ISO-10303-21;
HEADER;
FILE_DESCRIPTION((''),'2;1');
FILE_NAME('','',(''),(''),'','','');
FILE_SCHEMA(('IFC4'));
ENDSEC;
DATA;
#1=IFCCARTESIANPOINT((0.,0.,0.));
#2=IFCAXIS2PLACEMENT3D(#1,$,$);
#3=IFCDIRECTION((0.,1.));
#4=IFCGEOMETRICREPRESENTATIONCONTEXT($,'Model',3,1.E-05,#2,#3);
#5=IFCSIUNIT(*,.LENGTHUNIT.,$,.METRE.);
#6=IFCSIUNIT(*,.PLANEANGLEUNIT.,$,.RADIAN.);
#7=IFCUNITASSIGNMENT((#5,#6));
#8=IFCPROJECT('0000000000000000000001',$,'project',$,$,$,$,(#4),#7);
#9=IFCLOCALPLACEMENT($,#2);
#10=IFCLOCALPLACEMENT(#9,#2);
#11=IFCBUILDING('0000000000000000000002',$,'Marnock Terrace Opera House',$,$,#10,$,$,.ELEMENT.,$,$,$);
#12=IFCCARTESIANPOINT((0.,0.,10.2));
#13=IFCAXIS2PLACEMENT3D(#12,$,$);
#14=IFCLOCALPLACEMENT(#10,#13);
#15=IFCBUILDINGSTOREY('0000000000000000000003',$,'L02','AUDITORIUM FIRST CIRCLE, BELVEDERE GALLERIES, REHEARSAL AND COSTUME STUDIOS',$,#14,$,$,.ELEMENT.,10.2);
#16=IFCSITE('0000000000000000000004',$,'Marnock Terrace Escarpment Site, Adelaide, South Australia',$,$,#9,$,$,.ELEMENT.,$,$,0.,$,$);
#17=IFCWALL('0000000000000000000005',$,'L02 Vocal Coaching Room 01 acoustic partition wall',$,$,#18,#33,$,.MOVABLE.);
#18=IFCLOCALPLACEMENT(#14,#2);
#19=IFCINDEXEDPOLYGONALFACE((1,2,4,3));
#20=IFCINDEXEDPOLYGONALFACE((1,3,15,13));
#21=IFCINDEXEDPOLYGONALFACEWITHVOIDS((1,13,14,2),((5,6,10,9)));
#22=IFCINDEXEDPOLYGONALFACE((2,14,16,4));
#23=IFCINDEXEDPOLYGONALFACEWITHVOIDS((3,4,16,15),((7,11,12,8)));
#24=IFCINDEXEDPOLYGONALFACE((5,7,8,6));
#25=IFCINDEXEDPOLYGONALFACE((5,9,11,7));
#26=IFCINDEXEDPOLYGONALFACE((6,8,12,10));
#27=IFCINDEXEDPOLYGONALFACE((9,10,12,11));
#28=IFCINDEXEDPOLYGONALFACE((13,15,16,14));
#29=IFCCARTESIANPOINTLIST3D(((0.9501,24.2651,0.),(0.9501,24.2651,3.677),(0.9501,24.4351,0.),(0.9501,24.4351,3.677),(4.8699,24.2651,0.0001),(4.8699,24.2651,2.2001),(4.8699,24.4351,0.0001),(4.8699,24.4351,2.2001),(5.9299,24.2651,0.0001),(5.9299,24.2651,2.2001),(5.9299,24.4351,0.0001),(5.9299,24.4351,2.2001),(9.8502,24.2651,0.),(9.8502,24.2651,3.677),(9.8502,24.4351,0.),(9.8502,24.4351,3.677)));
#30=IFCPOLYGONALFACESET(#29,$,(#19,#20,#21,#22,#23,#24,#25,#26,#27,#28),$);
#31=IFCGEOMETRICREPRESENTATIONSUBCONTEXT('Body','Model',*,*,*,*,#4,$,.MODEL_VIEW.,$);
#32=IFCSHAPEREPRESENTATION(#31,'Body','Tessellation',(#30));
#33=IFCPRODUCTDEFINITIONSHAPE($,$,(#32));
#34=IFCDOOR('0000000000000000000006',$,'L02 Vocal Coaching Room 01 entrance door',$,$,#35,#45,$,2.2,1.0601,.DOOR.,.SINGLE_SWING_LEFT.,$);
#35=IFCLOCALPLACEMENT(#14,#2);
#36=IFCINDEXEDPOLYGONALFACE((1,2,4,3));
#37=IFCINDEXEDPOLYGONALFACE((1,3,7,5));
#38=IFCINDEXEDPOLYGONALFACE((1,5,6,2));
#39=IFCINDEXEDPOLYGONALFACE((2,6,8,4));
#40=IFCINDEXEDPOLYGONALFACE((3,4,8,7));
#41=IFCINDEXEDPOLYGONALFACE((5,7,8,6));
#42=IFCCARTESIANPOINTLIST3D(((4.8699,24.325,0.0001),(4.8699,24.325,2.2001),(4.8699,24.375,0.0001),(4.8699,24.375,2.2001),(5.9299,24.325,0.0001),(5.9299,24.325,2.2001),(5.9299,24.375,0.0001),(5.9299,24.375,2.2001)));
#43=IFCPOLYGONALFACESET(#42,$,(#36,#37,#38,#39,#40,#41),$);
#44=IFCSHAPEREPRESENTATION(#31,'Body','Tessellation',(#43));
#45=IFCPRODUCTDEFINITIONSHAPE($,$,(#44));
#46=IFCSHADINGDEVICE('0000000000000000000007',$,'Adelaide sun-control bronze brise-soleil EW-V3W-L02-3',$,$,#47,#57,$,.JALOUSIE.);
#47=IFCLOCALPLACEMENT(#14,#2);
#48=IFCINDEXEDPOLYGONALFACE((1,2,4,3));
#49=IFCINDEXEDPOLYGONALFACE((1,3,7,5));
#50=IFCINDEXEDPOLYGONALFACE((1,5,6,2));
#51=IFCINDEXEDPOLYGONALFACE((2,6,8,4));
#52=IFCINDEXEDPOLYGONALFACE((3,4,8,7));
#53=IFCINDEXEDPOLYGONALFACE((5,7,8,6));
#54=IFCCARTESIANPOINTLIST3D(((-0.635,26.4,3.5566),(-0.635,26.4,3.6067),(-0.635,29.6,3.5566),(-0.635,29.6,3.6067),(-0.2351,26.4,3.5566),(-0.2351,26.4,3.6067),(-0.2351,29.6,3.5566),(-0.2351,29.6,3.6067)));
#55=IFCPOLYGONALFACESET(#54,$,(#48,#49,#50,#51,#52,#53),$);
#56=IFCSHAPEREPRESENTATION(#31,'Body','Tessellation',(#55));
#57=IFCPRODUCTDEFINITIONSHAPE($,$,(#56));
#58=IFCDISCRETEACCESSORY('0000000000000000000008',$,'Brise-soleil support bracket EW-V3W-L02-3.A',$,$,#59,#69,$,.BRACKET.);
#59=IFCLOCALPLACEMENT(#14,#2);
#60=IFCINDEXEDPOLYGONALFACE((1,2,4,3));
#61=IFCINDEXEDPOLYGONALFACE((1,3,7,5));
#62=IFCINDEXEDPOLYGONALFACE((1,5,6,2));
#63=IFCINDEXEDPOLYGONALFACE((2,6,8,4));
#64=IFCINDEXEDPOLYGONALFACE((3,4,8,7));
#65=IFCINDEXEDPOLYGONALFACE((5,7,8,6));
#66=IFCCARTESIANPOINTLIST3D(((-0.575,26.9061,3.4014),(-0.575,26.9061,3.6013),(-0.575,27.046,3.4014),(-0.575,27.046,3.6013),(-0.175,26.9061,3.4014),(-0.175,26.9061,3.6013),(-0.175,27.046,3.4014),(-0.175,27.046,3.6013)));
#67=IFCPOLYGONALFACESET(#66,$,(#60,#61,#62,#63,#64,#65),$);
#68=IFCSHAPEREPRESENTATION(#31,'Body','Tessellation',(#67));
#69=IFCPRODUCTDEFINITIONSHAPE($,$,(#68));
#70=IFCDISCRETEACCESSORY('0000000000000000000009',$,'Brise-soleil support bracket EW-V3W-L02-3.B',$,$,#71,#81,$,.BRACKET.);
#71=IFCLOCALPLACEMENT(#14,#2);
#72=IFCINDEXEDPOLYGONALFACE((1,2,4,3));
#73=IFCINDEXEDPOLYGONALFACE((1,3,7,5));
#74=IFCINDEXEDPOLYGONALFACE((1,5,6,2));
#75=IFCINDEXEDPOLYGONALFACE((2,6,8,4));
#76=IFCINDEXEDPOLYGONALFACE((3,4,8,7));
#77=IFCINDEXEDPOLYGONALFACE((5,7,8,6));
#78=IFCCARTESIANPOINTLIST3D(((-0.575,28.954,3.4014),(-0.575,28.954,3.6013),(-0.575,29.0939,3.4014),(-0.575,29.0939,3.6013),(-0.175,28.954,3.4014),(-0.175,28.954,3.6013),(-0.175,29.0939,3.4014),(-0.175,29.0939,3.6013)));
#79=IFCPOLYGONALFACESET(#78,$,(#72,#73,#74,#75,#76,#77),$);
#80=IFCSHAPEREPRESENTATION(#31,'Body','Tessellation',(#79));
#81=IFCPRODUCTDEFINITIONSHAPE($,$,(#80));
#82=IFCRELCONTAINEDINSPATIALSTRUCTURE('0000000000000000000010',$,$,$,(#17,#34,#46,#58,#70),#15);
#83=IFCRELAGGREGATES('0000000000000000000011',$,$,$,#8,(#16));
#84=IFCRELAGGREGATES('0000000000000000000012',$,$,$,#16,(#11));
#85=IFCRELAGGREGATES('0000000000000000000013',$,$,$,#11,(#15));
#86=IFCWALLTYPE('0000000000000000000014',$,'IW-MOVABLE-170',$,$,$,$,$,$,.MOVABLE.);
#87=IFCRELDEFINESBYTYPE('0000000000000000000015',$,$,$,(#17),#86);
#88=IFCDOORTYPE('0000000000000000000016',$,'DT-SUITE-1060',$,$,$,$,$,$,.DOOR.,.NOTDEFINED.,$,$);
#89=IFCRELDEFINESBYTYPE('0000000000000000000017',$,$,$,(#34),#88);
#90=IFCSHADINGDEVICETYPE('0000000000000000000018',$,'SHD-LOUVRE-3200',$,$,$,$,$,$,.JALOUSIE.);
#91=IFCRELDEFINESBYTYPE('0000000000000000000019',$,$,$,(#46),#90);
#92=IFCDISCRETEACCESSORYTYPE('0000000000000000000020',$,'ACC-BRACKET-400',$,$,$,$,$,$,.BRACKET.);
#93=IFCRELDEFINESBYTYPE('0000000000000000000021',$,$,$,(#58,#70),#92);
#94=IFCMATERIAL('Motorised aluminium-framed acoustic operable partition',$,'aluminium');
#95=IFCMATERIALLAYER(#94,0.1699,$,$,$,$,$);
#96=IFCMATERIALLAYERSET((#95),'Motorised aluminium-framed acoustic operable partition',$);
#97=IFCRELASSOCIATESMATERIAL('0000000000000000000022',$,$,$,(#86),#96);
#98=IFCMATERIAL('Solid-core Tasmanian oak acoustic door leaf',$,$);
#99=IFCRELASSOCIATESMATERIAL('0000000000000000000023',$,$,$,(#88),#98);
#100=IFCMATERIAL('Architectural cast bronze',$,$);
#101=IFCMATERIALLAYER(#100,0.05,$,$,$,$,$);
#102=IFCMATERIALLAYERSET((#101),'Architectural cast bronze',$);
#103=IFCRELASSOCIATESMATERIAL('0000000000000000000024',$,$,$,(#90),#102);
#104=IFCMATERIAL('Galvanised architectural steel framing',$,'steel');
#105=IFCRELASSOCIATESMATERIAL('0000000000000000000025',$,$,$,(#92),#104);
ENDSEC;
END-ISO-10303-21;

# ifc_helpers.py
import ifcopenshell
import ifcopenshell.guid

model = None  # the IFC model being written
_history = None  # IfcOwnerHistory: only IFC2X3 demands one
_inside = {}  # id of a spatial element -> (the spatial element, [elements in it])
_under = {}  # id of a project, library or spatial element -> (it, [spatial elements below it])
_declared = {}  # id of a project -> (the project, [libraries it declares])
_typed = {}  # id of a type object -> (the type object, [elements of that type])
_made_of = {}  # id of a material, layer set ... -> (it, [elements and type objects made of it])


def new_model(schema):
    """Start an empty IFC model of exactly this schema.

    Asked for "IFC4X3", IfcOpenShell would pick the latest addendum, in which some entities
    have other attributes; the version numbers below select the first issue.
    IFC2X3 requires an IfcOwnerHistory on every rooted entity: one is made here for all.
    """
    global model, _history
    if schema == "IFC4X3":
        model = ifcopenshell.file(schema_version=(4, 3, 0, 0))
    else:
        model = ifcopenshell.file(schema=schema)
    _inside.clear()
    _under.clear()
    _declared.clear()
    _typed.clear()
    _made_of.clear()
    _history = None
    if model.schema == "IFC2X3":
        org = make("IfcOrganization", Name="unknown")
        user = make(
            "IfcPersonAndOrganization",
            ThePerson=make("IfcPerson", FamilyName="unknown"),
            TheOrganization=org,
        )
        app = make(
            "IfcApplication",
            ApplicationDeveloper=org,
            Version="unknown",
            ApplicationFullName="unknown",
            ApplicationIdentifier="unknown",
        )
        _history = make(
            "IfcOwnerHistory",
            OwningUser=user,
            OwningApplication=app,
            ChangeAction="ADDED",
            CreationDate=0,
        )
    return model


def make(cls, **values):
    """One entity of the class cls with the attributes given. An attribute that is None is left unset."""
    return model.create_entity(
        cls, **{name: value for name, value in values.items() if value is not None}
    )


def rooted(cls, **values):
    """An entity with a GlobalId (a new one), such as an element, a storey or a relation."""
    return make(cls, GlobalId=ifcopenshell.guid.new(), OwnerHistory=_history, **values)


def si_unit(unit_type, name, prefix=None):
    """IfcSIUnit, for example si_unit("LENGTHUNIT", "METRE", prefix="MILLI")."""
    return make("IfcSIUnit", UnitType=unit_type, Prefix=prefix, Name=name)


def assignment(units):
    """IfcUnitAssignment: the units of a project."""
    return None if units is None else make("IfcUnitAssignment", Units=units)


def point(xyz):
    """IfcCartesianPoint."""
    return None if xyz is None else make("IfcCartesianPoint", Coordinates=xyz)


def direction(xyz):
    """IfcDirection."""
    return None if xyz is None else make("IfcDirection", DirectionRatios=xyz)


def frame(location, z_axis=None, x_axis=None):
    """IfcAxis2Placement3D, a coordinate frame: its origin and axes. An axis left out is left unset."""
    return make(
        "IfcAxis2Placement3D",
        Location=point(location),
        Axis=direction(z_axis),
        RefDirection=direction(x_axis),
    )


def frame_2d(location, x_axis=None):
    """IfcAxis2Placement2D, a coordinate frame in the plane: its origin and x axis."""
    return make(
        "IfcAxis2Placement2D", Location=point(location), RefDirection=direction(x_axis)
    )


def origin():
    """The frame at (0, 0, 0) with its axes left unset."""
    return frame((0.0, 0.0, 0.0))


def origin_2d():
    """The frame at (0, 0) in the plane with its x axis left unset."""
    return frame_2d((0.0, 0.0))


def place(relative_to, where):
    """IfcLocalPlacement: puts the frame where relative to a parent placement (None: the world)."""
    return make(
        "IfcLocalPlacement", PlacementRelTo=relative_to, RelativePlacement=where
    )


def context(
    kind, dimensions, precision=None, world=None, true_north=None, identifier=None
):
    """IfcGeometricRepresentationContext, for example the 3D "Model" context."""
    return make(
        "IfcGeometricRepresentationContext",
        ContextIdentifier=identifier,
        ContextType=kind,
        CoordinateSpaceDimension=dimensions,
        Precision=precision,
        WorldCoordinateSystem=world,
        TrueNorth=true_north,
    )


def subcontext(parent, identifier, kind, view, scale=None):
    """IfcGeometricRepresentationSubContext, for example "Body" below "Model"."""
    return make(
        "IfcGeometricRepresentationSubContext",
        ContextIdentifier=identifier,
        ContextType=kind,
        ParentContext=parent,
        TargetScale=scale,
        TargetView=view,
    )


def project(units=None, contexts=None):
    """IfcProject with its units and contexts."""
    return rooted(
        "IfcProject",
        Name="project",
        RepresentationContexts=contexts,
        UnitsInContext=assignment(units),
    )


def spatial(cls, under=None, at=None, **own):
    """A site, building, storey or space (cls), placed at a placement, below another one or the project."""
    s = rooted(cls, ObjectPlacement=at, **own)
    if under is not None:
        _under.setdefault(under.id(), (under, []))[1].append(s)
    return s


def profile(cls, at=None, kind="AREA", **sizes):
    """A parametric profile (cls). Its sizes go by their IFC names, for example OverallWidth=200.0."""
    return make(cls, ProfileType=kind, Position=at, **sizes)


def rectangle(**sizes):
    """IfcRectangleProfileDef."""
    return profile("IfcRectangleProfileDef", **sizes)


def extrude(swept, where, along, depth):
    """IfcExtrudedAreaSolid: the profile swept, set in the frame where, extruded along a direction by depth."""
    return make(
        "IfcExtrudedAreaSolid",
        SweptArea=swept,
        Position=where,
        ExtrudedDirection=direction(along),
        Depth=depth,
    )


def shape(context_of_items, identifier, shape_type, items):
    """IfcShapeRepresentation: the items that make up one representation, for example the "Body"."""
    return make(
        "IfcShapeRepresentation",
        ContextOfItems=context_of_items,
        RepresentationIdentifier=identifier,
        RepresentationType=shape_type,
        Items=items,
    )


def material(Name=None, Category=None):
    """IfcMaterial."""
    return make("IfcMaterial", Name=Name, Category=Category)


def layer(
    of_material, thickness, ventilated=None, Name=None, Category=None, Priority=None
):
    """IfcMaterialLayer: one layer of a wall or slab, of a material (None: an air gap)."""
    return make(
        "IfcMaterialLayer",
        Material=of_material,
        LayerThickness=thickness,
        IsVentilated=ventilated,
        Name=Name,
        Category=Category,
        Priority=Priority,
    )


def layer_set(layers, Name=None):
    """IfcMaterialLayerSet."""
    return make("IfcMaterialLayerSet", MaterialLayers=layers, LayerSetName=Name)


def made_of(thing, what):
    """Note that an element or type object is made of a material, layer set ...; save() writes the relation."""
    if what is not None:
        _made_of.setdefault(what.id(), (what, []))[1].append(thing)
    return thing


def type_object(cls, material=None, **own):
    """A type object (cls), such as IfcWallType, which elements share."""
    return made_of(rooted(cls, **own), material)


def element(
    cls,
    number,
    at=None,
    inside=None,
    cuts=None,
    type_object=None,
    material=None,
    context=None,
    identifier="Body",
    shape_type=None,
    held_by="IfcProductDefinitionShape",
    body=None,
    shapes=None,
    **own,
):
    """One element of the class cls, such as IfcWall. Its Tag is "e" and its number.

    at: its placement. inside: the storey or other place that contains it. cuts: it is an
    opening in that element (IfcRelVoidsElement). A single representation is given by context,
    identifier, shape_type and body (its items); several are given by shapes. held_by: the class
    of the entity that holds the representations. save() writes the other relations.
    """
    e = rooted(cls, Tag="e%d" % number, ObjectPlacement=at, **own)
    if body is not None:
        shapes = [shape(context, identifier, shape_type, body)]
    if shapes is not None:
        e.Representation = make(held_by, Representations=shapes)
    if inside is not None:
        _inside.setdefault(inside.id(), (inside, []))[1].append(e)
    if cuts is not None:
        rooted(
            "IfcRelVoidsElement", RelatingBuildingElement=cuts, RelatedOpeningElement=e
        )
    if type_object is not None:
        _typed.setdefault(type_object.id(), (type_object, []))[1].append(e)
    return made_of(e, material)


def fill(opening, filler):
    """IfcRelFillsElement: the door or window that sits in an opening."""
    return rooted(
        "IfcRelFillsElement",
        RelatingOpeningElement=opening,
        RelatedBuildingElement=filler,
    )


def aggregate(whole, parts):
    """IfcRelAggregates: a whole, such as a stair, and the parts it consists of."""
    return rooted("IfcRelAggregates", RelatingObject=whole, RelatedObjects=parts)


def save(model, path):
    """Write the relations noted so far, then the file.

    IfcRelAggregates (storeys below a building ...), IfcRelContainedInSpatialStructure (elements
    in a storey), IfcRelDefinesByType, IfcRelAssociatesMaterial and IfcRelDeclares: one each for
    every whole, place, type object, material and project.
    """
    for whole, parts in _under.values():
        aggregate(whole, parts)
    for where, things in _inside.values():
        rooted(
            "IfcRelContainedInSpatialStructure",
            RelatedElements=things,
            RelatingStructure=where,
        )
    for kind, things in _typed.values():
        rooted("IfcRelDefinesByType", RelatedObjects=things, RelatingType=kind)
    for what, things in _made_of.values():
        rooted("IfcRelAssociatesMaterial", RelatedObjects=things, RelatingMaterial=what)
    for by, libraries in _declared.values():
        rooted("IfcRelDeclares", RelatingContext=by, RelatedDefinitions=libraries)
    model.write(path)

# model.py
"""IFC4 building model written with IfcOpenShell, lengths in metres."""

from ifc_helpers import new_model, si_unit, direction, frame, frame_2d, origin, origin_2d, place, context, subcontext, project, spatial, rectangle, extrude, material, layer, layer_set, type_object, element, fill, save


model = new_model("IFC4")

# Units and contexts
model_context = context("Model", 3, precision=1e-05, world=origin(), true_north=direction((0.0, 1.0)))
body_context = subcontext(model_context, "Body", "Model", "MODEL_VIEW")
ifc_project = project(units=[si_unit("LENGTHUNIT", "METRE"), si_unit("PLANEANGLEUNIT", "RADIAN")], contexts=[model_context])

# Site, building, storey
site_placement = place(None, origin())
site = spatial("IfcSite", under=ifc_project, at=site_placement, Name="Marnock Terrace Escarpment Site, Adelaide, South Australia", CompositionType="ELEMENT", RefElevation=0.0)
building_placement = place(site_placement, origin())
building = spatial("IfcBuilding", under=site, at=building_placement, Name="Marnock Terrace Opera House", CompositionType="ELEMENT")
storey_placement = place(building_placement, frame((0.0, 0.0, 10.2)))
storey = spatial("IfcBuildingStorey", under=building, at=storey_placement, Name="L02", Description="AUDITORIUM FIRST CIRCLE, BELVEDERE GALLERIES, REHEARSAL AND COSTUME STUDIOS", CompositionType="ELEMENT", Elevation=10.2)

# Wall, opening, door
ifc_material_1 = material(Name="Motorised aluminium-framed acoustic operable partition", Category="aluminium")
ifc_material_2 = material(Name="Solid-core Tasmanian oak acoustic door leaf")
ifc_layer_1 = layer(ifc_material_1, 0.1699)
ifc_layer_set_1 = layer_set([ifc_layer_1], Name="Motorised aluminium-framed acoustic operable partition")
wall_type_1 = type_object("IfcWallType", Name="IW-MOVABLE-170", PredefinedType="MOVABLE", material=ifc_layer_set_1)
wall_1_placement = place(storey_placement, frame((0.95, 24.3501, 0.0), z_axis=(0.0, 0.0, 1.0), x_axis=(1.0, 0.0, 0.0)))
wall_1 = element("IfcWall", 1, at=wall_1_placement, inside=storey, type_object=wall_type_1, Name="L02 Vocal Coaching Room 01 acoustic partition wall", PredefinedType="MOVABLE", context=body_context, shape_type="SweptSolid", body=[
    extrude(rectangle(XDim=8.9001, YDim=0.1699, at=frame_2d((4.4502, 0.0))), origin(), (0.0, 0.0, 1.0), 3.677),
])
opening_1_placement = place(wall_1_placement, frame((3.9199, 0.0, 0.0)))
opening_1 = element("IfcOpeningElement", 2, at=opening_1_placement, cuts=wall_1, PredefinedType="OPENING", context=body_context, shape_type="SweptSolid", body=[
    extrude(rectangle(XDim=1.0601, YDim=2.2, at=frame_2d((0.53, 1.1001))), frame((0.0, 0.095, 0.0), z_axis=(0.0, -1.0, 0.0), x_axis=(1.0, 0.0, 0.0)), (0.0, 0.0, 1.0), 0.1899),
])
door_type_1 = type_object("IfcDoorType", Name="DT-SUITE-1060", OperationType="NOTDEFINED", PredefinedType="DOOR", material=ifc_material_2)
door_1_placement = place(opening_1_placement, origin())
door_1 = element("IfcDoor", 3, at=door_1_placement, inside=storey, type_object=door_type_1, Name="L02 Vocal Coaching Room 01 entrance door", OperationType="SINGLE_SWING_LEFT", OverallHeight=2.2, OverallWidth=1.0601, PredefinedType="DOOR", context=body_context, shape_type="SweptSolid", body=[
    extrude(rectangle(XDim=1.0601, YDim=2.2, at=frame_2d((0.53, 1.1001))), frame((0.0, 0.0249, 0.0), z_axis=(0.0, -1.0, 0.0), x_axis=(1.0, 0.0, 0.0)), (0.0, 0.0, 1.0), 0.05),
])
fill(opening_1, door_1)

# Shading device
ifc_material_3 = material(Name="Architectural cast bronze")
ifc_layer_2 = layer(ifc_material_3, 0.05)
ifc_layer_set_2 = layer_set([ifc_layer_2], Name="Architectural cast bronze")
shading_device_type = type_object("IfcShadingDeviceType", Name="SHD-LOUVRE-3200", PredefinedType="JALOUSIE", material=ifc_layer_set_2)
shading_device_placement = place(storey_placement, frame((-0.4351, 28.0, 3.5566), z_axis=(0.0, 0.0, 1.0), x_axis=(0.0, 1.0, 0.0)))
element("IfcShadingDevice", 4, at=shading_device_placement, inside=storey, type_object=shading_device_type, Name="Adelaide sun-control bronze brise-soleil EW-V3W-L02-3", PredefinedType="JALOUSIE", context=body_context, shape_type="SweptSolid", body=[
    extrude(rectangle(XDim=3.2, YDim=0.3999, at=origin_2d()), origin(), (0.0, 0.0, 1.0), 0.05),
])

# Discrete accessories
ifc_material_4 = material(Name="Galvanised architectural steel framing", Category="steel")
discrete_accessory_type = type_object("IfcDiscreteAccessoryType", Name="ACC-BRACKET-400", PredefinedType="BRACKET", material=ifc_material_4)
for number, where, z_axis, x_axis, name in (
    (5, (-0.375, 26.9761, 3.4014), (0.0, 0.0, 1.0), (0.0, 1.0, 0.0), "Brise-soleil support bracket EW-V3W-L02-3.A"),
    (6, (-0.375, 29.0239, 3.4014), (0.0, 0.0, 1.0), (0.0, 1.0, 0.0), "Brise-soleil support bracket EW-V3W-L02-3.B"),
):
    element("IfcDiscreteAccessory", number, at=place(storey_placement, frame(where, z_axis=z_axis, x_axis=x_axis)), inside=storey, type_object=discrete_accessory_type, Name=name, PredefinedType="BRACKET", context=body_context, shape_type="SweptSolid", body=[
        extrude(rectangle(XDim=0.1399, YDim=0.3999, at=origin_2d()), origin(), (0.0, 0.0, 1.0), 0.2),
    ])

save(model, "model.ifc")
